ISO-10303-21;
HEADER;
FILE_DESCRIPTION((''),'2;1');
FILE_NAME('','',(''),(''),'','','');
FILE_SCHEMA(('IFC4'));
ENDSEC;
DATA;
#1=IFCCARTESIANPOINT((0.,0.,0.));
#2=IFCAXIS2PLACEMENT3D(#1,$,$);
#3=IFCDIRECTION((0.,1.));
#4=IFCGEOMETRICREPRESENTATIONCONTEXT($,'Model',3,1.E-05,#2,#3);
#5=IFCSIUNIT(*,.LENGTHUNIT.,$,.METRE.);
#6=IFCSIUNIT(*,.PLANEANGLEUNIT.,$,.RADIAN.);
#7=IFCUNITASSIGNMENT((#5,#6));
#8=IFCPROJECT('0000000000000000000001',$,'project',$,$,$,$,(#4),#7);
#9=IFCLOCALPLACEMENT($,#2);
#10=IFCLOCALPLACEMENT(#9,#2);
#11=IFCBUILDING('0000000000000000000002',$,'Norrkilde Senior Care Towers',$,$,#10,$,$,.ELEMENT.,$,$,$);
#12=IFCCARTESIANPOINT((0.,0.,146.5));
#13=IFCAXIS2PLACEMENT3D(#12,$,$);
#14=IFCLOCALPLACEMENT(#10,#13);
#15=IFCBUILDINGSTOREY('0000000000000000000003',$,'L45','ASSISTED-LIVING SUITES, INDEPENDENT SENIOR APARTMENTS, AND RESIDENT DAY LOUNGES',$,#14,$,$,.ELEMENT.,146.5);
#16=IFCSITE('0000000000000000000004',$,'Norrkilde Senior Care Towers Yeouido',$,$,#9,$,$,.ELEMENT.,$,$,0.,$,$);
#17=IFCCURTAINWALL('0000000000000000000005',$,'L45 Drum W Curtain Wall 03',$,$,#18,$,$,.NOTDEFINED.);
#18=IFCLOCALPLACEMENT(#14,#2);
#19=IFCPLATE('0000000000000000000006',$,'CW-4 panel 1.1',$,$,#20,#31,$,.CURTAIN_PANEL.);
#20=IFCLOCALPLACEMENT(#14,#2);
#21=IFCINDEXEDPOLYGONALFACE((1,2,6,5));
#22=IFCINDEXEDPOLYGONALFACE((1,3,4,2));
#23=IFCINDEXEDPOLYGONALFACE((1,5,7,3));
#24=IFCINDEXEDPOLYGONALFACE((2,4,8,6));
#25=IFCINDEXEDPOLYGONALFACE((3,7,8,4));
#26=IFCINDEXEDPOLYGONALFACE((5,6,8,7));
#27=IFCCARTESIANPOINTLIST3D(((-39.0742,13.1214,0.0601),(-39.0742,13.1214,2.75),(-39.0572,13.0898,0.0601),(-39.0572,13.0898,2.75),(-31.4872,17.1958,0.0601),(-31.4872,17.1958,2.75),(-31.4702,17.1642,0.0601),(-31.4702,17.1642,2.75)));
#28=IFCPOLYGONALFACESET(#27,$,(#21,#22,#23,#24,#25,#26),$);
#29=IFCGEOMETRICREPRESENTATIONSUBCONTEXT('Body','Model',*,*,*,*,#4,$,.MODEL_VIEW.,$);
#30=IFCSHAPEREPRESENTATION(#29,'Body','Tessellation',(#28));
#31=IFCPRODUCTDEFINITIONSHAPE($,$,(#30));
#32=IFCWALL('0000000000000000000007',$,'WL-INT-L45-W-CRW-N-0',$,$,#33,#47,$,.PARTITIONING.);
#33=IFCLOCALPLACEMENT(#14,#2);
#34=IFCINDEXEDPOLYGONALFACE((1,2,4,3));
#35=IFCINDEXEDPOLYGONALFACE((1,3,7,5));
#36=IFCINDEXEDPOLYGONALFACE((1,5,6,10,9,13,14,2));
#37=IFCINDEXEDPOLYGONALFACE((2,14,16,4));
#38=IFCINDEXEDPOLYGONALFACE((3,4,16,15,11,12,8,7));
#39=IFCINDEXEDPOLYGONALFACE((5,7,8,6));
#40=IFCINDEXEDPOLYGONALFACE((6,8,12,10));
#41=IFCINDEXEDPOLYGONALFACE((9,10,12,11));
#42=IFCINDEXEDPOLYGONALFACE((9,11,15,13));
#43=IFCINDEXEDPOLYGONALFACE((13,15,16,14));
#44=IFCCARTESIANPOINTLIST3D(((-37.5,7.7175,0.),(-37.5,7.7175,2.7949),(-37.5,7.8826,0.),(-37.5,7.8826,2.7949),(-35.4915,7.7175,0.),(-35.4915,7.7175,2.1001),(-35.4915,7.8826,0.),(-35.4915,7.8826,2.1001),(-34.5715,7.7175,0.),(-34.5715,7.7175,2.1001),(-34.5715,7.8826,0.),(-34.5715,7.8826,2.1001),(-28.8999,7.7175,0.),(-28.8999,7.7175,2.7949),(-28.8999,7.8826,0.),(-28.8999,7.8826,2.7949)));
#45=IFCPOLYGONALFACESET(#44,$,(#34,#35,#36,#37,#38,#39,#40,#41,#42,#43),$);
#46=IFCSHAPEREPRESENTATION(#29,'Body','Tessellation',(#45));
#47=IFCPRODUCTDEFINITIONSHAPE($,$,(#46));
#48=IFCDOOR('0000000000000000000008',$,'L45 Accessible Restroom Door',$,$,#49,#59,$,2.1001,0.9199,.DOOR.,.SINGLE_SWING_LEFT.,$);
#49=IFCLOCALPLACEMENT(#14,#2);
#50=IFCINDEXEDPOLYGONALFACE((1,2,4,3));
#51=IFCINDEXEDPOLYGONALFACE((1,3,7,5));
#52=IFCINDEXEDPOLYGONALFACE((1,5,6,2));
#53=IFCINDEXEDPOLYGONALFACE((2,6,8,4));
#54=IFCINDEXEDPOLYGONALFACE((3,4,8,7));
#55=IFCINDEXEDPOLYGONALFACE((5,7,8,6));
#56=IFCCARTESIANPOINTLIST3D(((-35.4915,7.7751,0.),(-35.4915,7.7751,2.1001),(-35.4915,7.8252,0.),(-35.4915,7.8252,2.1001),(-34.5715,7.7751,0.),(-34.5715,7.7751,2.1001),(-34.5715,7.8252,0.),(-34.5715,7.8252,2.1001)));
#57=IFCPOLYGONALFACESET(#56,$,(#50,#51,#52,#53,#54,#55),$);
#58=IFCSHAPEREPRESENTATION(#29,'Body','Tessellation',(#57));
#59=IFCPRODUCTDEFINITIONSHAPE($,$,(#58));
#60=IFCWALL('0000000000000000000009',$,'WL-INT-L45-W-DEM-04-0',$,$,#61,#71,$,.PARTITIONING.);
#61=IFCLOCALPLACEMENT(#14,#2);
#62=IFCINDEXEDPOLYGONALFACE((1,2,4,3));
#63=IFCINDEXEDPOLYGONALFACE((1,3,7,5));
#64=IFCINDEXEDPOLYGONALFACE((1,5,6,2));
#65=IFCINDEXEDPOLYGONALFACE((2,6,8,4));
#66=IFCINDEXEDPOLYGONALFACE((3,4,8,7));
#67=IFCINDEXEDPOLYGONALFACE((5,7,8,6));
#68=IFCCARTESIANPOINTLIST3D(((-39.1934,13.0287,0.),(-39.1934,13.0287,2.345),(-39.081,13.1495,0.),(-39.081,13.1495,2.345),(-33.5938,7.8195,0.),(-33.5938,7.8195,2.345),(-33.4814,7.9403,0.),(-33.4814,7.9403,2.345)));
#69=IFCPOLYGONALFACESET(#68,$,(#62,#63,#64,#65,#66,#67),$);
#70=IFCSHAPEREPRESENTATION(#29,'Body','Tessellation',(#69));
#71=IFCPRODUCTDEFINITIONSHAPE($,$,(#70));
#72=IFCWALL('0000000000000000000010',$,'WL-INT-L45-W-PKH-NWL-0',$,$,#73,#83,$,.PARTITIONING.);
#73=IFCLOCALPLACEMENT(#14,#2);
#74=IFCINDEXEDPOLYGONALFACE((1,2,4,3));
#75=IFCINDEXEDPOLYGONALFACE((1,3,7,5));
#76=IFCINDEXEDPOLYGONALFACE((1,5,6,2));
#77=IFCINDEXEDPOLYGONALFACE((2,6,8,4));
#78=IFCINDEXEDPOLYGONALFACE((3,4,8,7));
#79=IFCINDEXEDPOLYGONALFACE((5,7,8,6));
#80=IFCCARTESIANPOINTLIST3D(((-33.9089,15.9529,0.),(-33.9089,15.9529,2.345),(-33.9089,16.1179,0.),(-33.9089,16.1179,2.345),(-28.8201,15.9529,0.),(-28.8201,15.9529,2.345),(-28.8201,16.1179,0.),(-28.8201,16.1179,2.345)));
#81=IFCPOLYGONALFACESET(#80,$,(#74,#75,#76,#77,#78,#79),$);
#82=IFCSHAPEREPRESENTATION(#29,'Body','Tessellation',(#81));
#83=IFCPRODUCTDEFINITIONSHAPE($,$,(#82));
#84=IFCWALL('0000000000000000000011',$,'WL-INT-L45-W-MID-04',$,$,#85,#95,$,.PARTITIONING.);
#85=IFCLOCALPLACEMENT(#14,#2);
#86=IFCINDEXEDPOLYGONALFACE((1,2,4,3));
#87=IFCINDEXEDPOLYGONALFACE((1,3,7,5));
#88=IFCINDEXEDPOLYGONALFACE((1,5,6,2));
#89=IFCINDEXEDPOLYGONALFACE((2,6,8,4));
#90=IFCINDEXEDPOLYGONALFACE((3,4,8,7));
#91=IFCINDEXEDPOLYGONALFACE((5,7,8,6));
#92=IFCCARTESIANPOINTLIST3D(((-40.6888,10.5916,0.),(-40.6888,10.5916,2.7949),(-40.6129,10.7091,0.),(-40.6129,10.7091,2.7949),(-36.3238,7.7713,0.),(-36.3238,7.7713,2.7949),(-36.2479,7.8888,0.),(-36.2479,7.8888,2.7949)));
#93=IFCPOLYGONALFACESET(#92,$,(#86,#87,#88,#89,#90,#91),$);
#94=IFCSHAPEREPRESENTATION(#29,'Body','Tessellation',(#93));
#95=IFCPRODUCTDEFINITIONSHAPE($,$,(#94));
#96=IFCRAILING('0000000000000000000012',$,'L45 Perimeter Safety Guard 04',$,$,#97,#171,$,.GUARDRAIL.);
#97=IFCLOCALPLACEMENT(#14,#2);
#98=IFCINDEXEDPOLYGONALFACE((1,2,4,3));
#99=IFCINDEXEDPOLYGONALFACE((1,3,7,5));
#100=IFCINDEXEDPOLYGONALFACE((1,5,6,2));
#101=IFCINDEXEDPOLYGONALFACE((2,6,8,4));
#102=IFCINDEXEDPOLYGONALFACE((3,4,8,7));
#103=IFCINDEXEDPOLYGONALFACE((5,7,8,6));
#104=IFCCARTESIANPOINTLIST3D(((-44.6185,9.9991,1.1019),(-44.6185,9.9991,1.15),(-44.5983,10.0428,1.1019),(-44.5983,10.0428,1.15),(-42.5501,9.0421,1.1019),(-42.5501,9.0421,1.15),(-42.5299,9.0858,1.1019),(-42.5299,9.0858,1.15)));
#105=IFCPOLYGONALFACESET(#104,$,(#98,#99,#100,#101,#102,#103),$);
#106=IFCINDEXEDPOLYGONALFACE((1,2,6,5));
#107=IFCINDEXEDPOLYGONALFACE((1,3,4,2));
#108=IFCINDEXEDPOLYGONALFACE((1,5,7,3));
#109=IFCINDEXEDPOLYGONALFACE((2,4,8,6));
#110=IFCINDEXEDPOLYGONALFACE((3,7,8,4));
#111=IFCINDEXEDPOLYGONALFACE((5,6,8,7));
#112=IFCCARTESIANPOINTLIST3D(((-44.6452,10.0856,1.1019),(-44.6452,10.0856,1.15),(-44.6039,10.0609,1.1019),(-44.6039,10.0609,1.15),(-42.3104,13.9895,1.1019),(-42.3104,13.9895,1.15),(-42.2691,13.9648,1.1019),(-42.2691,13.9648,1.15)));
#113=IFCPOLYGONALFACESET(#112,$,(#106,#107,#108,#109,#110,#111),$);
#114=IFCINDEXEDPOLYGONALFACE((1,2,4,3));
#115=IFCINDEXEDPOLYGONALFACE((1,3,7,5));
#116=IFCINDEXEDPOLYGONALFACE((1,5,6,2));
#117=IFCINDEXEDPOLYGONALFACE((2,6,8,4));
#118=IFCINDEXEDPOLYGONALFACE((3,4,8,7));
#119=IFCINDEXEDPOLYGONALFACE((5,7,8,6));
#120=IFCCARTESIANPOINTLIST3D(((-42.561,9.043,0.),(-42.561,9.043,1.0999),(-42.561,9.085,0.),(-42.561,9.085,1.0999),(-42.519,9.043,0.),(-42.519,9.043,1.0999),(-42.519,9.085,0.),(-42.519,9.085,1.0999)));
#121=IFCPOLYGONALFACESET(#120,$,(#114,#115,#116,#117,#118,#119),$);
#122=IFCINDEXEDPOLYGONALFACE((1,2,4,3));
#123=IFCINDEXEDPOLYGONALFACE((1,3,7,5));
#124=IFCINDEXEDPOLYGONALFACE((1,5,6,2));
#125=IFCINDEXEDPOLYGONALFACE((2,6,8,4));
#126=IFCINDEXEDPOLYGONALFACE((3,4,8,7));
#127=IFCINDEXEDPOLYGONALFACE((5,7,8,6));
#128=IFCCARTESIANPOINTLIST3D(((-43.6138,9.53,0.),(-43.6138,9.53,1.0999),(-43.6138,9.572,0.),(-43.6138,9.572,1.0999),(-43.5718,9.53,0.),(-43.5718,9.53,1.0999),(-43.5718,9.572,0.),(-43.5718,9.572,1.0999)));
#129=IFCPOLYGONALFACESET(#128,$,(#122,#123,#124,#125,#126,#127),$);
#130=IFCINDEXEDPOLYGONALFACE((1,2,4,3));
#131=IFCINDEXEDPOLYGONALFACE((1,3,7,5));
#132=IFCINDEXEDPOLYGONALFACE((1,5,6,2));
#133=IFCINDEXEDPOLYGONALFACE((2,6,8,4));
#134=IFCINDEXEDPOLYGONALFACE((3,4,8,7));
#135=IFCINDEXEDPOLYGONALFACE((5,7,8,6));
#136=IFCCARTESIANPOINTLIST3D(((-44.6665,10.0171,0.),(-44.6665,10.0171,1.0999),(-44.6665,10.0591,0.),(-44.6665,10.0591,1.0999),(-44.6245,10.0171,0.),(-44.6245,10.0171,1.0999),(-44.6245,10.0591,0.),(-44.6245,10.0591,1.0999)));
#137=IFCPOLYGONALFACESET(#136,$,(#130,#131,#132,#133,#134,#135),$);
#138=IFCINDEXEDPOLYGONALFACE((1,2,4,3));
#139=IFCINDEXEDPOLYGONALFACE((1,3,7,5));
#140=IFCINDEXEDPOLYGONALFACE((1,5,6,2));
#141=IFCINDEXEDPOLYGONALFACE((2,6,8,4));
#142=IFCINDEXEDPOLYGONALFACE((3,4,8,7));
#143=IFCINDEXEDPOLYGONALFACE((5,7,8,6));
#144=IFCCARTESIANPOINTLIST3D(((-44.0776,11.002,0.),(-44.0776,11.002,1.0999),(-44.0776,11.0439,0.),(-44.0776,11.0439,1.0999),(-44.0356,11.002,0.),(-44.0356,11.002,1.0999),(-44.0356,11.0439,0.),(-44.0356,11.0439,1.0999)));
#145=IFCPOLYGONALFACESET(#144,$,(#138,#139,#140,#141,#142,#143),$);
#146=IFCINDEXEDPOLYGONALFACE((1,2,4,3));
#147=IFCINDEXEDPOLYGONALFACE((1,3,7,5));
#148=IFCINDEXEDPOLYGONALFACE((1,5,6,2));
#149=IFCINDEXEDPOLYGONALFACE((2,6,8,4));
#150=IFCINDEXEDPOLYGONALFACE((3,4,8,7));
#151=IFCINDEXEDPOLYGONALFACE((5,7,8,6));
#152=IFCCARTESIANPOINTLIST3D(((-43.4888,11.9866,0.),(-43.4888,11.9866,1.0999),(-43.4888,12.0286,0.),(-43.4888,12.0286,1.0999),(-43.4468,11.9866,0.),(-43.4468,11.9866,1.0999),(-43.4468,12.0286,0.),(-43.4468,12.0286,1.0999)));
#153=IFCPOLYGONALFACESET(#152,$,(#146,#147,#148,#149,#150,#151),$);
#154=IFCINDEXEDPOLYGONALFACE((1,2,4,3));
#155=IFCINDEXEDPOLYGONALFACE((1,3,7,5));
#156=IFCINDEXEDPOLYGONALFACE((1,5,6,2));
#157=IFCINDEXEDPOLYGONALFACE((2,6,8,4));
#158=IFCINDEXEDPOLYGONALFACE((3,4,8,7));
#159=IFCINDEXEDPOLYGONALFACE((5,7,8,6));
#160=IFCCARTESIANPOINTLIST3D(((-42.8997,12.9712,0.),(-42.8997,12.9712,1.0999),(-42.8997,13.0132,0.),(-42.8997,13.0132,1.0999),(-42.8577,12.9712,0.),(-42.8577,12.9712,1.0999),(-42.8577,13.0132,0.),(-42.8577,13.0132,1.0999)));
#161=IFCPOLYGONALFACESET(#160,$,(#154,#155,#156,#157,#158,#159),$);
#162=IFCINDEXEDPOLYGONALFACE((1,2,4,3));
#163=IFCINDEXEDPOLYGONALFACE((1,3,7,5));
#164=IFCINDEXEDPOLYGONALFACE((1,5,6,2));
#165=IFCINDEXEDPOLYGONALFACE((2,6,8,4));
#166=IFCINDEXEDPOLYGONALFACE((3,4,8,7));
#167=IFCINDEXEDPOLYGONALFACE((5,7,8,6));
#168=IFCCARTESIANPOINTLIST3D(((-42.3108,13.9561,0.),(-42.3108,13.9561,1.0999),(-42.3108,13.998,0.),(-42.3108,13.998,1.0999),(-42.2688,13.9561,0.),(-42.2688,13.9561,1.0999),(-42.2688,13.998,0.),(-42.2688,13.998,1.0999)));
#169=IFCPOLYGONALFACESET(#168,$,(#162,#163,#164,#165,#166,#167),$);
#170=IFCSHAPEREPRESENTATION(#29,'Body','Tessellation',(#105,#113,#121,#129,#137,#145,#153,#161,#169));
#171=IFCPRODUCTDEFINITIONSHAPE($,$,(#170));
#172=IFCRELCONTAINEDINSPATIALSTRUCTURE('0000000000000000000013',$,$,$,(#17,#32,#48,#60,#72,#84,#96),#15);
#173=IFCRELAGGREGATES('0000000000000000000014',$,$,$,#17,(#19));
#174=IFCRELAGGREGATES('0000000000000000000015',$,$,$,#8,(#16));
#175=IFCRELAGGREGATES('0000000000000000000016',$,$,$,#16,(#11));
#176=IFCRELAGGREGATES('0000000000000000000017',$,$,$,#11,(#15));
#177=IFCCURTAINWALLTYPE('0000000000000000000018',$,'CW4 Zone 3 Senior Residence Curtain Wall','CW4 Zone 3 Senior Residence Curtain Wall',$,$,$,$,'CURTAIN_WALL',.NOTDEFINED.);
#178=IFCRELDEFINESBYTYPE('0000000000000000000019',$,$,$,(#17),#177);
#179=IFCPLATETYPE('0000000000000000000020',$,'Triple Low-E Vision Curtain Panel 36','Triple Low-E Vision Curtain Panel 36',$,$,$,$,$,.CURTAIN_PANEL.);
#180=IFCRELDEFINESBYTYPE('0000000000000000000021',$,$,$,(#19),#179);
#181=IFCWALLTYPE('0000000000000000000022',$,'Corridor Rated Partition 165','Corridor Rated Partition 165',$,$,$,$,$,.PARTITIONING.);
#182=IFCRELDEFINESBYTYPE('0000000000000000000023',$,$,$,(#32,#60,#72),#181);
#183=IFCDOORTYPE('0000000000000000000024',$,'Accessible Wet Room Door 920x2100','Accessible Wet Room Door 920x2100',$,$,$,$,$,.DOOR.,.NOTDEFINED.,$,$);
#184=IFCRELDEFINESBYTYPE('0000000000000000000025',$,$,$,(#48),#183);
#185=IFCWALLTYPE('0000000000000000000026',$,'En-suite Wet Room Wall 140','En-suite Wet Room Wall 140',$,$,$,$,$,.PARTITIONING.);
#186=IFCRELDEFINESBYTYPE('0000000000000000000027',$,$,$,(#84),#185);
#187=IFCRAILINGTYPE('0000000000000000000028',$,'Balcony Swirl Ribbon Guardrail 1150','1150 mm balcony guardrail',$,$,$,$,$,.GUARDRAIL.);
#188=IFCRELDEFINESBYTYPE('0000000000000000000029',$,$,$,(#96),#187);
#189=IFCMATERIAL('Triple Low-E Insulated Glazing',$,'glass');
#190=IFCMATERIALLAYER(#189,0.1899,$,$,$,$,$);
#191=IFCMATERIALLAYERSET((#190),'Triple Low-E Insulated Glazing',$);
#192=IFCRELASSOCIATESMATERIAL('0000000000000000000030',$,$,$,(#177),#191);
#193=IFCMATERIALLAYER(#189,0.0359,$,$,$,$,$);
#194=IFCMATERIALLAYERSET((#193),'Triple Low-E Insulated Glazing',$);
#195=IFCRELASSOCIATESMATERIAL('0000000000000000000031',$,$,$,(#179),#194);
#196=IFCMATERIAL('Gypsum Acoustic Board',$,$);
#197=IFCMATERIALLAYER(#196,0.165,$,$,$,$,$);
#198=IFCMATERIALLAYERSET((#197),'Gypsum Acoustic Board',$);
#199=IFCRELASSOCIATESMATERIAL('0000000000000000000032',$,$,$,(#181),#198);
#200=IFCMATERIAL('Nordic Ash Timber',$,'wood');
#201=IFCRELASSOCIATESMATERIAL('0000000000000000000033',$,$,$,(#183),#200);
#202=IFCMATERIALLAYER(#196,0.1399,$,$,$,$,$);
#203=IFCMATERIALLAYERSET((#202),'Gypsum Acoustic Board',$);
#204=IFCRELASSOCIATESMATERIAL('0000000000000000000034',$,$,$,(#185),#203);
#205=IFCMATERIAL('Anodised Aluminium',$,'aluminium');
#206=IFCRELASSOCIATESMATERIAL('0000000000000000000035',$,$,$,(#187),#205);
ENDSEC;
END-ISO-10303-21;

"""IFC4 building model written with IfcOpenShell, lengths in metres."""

from ifc_helpers import new_model, si_unit, direction, frame, frame_2d, origin, origin_2d, place, context, subcontext, project, spatial, rectangle, extrude, source, transform, mapped, material, layer, layer_set, type_object, type_shapes, element, fill, aggregate, save


model = new_model("IFC4")

# Units and contexts
model_context = context("Model", 3, precision=1e-05, world=origin(), true_north=direction((0.0, 1.0)))
body_context = subcontext(model_context, "Body", "Model", "MODEL_VIEW")
ifc_project = project(units=[si_unit("LENGTHUNIT", "METRE"), si_unit("PLANEANGLEUNIT", "RADIAN")], contexts=[model_context])

# Site, building, storey
site_placement = place(None, origin())
site = spatial("IfcSite", under=ifc_project, at=site_placement, Name="Norrkilde Senior Care Towers Yeouido", CompositionType="ELEMENT", RefElevation=0.0)
building_placement = place(site_placement, origin())
building = spatial("IfcBuilding", under=site, at=building_placement, Name="Norrkilde Senior Care Towers", CompositionType="ELEMENT")
storey_placement = place(building_placement, frame((0.0, 0.0, 146.5)))
storey = spatial("IfcBuildingStorey", under=building, at=storey_placement, Name="L45", Description="ASSISTED-LIVING SUITES, INDEPENDENT SENIOR APARTMENTS, AND RESIDENT DAY LOUNGES", CompositionType="ELEMENT", Elevation=146.5)

# Shared definitions
ifc_material_1 = material(Name="Triple Low-E Insulated Glazing", Category="glass")
ifc_layer_1 = layer(ifc_material_1, 0.1899)
ifc_layer_set_1 = layer_set([ifc_layer_1], Name="Triple Low-E Insulated Glazing")
curtain_wall_type = type_object("IfcCurtainWallType", Name="CW4 Zone 3 Senior Residence Curtain Wall", Description="CW4 Zone 3 Senior Residence Curtain Wall", ElementType="CURTAIN_WALL", PredefinedType="NOTDEFINED", material=ifc_layer_set_1)
ifc_material_2 = material(Name="Anodised Aluminium", Category="aluminium")

# Curtain wall
curtain_wall_1_placement = place(storey_placement, origin())
curtain_wall_1 = element("IfcCurtainWall", 1, at=curtain_wall_1_placement, inside=storey, type_object=curtain_wall_type, Name="L45 Drum W Curtain Wall 03", PredefinedType="NOTDEFINED")

# Plate
ifc_layer_2 = layer(ifc_material_1, 0.0359)
ifc_layer_set_2 = layer_set([ifc_layer_2], Name="Triple Low-E Insulated Glazing")
plate_type = type_object("IfcPlateType", Name="Triple Low-E Vision Curtain Panel 36", Description="Triple Low-E Vision Curtain Panel 36", PredefinedType="CURTAIN_PANEL", material=ifc_layer_set_2)
shared_shape_1 = source(origin(), body_context, "Body", "SweptSolid", [
    extrude(rectangle(XDim=8.6118, YDim=0.0359, at=origin_2d()), origin(), (0.0, 0.0, 1.0), 2.6899),
])
plate_1_placement = place(storey_placement, frame((-35.2722, 15.1428, 0.0601), z_axis=(0.0, 0.0, 1.0), x_axis=(0.881, 0.473117, 0.0)))
plate_1 = element("IfcPlate", 2, at=plate_1_placement, type_object=plate_type, Name="CW-4 panel 1.1", PredefinedType="CURTAIN_PANEL", context=body_context, shape_type="MappedRepresentation", body=[
    mapped(shared_shape_1, transform((0.0, 0.0, 0.0), x_axis=(1.0, 0.0, 0.0), y_axis=(0.0, 1.0, 0.0), z_axis=(0.0, 0.0, 1.0), scale=1.0)),
])
aggregate(curtain_wall_1, [plate_1])

# Wall, opening, door
ifc_material_3 = material(Name="Gypsum Acoustic Board")
ifc_layer_3 = layer(ifc_material_3, 0.165)
ifc_layer_set_3 = layer_set([ifc_layer_3], Name="Gypsum Acoustic Board")
wall_type_1 = type_object("IfcWallType", Name="Corridor Rated Partition 165", Description="Corridor Rated Partition 165", PredefinedType="PARTITIONING", material=ifc_layer_set_3)
shared_shape_2 = source(origin(), body_context, "Body", "SweptSolid", [
    extrude(rectangle(XDim=8.6001, YDim=0.165, at=frame_2d((4.3, 0.0))), origin(), (0.0, 0.0, 1.0), 2.7949),
])
wall_1_placement = place(storey_placement, frame((-37.5, 7.8, 0.0), z_axis=(0.0, 0.0, 1.0), x_axis=(1.0, 0.0, 0.0)))
wall_1 = element("IfcWall", 3, at=wall_1_placement, inside=storey, type_object=wall_type_1, Name="WL-INT-L45-W-CRW-N-0", PredefinedType="PARTITIONING", context=body_context, shape_type="MappedRepresentation", body=[
    mapped(shared_shape_2, transform((0.0, 0.0, 0.0), x_axis=(1.0, 0.0, 0.0), y_axis=(0.0, 1.0, 0.0), z_axis=(0.0, 0.0, 1.0), scale=1.0)),
])
opening_placement = place(wall_1_placement, frame((2.0085, 0.0, 0.0)))
opening = element("IfcOpeningElement", 4, at=opening_placement, cuts=wall_1, PredefinedType="OPENING", context=body_context, shape_type="SweptSolid", body=[
    extrude(rectangle(XDim=0.9199, YDim=2.1001, at=frame_2d((0.46, 1.05))), frame((0.0, 0.0925, 0.0), z_axis=(0.0, -1.0, 0.0), x_axis=(1.0, 0.0, 0.0)), (0.0, 0.0, 1.0), 0.1851),
])
ifc_material_4 = material(Name="Nordic Ash Timber", Category="wood")
door_type = type_object("IfcDoorType", Name="Accessible Wet Room Door 920x2100", Description="Accessible Wet Room Door 920x2100", OperationType="NOTDEFINED", PredefinedType="DOOR", material=ifc_material_4)
shared_shape_3 = source(origin(), body_context, "Body", "SweptSolid", [
    extrude(rectangle(XDim=0.9199, YDim=2.1001, at=frame_2d((0.46, 1.05))), frame((0.0, 0.0249, 0.0), z_axis=(0.0, -1.0, 0.0), x_axis=(1.0, 0.0, 0.0)), (0.0, 0.0, 1.0), 0.05),
])
type_shapes(door_type, [shared_shape_3])
door_placement = place(opening_placement, frame((0.9199, 0.0, 0.0), z_axis=(0.0, 0.0, 1.0), x_axis=(-1.0, 0.0, 0.0)))
door = element("IfcDoor", 5, at=door_placement, inside=storey, type_object=door_type, Name="L45 Accessible Restroom Door", OperationType="SINGLE_SWING_LEFT", OverallHeight=2.1001, OverallWidth=0.9199, PredefinedType="DOOR", context=body_context, shape_type="MappedRepresentation", body=[
    mapped(shared_shape_3, transform((0.0, 0.0, 0.0), x_axis=(1.0, 0.0, 0.0), y_axis=(0.0, 1.0, 0.0), z_axis=(0.0, 0.0, 1.0), scale=1.0)),
])
fill(opening, door)

# Walls
shared_shape_4 = source(origin(), body_context, "Body", "SweptSolid", [
    extrude(rectangle(XDim=7.6479, YDim=0.165, at=frame_2d((3.824, 0.0))), origin(), (0.0, 0.0, 1.0), 2.345),
])
wall_2_placement = place(storey_placement, frame((-33.5376, 7.8799, 0.0), z_axis=(0.0, 0.0, 1.0), x_axis=(-0.732168, 0.681124, 0.0)))
element("IfcWall", 6, at=wall_2_placement, inside=storey, type_object=wall_type_1, Name="WL-INT-L45-W-DEM-04-0", PredefinedType="PARTITIONING", context=body_context, shape_type="MappedRepresentation", body=[
    mapped(shared_shape_4, transform((0.0, 0.0, 0.0), x_axis=(1.0, 0.0, 0.0), y_axis=(0.0, 1.0, 0.0), z_axis=(0.0, 0.0, 1.0), scale=1.0)),
])
shared_shape_5 = source(origin(), body_context, "Body", "SweptSolid", [
    extrude(rectangle(XDim=5.0889, YDim=0.165, at=frame_2d((2.5444, 0.0))), origin(), (0.0, 0.0, 1.0), 2.345),
])
type_shapes(wall_type_1, [shared_shape_2, shared_shape_4, shared_shape_5])
wall_3_placement = place(storey_placement, frame((-33.9089, 16.0354, 0.0), z_axis=(0.0, 0.0, 1.0), x_axis=(1.0, 0.0, 0.0)))
element("IfcWall", 7, at=wall_3_placement, inside=storey, type_object=wall_type_1, Name="WL-INT-L45-W-PKH-NWL-0", PredefinedType="PARTITIONING", context=body_context, shape_type="MappedRepresentation", body=[
    mapped(shared_shape_5, transform((0.0, 0.0, 0.0), x_axis=(1.0, 0.0, 0.0), y_axis=(0.0, 1.0, 0.0), z_axis=(0.0, 0.0, 1.0), scale=1.0)),
])
ifc_layer_4 = layer(ifc_material_3, 0.1399)
ifc_layer_set_4 = layer_set([ifc_layer_4], Name="Gypsum Acoustic Board")
wall_type_2 = type_object("IfcWallType", Name="En-suite Wet Room Wall 140", Description="En-suite Wet Room Wall 140", PredefinedType="PARTITIONING", material=ifc_layer_set_4)
shared_shape_6 = source(origin(), body_context, "Body", "SweptSolid", [
    extrude(rectangle(XDim=5.1968, YDim=0.1399, at=frame_2d((2.5984, 0.0))), origin(), (0.0, 0.0, 1.0), 2.7949),
])
type_shapes(wall_type_2, [shared_shape_6])
wall_4_placement = place(storey_placement, frame((-36.2859, 7.8301, 0.0), z_axis=(0.0, 0.0, 1.0), x_axis=(-0.839929, 0.542696, 0.0)))
element("IfcWall", 8, at=wall_4_placement, inside=storey, type_object=wall_type_2, Name="WL-INT-L45-W-MID-04", PredefinedType="PARTITIONING", context=body_context, shape_type="MappedRepresentation", body=[
    mapped(shared_shape_6, transform((0.0, 0.0, 0.0), x_axis=(1.0, 0.0, 0.0), y_axis=(0.0, 1.0, 0.0), z_axis=(0.0, 0.0, 1.0), scale=1.0)),
])

# Railing
railing_type = type_object("IfcRailingType", Name="Balcony Swirl Ribbon Guardrail 1150", Description="1150 mm balcony guardrail", PredefinedType="GUARDRAIL", material=ifc_material_2)
railing_1_placement = place(storey_placement, frame((-42.54, 9.064, 0.0)))
element("IfcRailing", 9, at=railing_1_placement, inside=storey, type_object=railing_type, Name="L45 Perimeter Safety Guard 04", PredefinedType="GUARDRAIL", context=body_context, shape_type="SweptSolid", body=[
    extrude(rectangle(XDim=0.0481, YDim=0.0481, at=origin_2d()), frame((0.0, 0.0, 1.126), z_axis=(-0.907571, 0.419899, 0.0), x_axis=(-0.419899, -0.907571, 0.0)), (0.0, 0.0, 1.0), 2.2791),
    extrude(rectangle(XDim=0.0481, YDim=0.0481, at=origin_2d()), frame((-2.0845, 1.0093, 1.126), z_axis=(0.513267, 0.858229, 0.0), x_axis=(-0.858229, 0.513267, 0.0)), (0.0, 0.0, 1.0), 4.5488),
    extrude(rectangle(XDim=0.042, YDim=0.042, at=origin_2d()), origin(), (0.0, 0.0, 1.0), 1.0999),
    extrude(rectangle(XDim=0.042, YDim=0.042, at=origin_2d()), frame((-1.0527, 0.4871, 0.0)), (0.0, 0.0, 1.0), 1.0999),
    extrude(rectangle(XDim=0.042, YDim=0.042, at=origin_2d()), frame((-2.1055, 0.9741, 0.0)), (0.0, 0.0, 1.0), 1.0999),
    extrude(rectangle(XDim=0.042, YDim=0.042, at=origin_2d()), frame((-1.5166, 1.959, 0.0)), (0.0, 0.0, 1.0), 1.0999),
    extrude(rectangle(XDim=0.042, YDim=0.042, at=origin_2d()), frame((-0.9277, 2.9436, 0.0)), (0.0, 0.0, 1.0), 1.0999),
    extrude(rectangle(XDim=0.042, YDim=0.042, at=origin_2d()), frame((-0.3386, 3.9282, 0.0)), (0.0, 0.0, 1.0), 1.0999),
    extrude(rectangle(XDim=0.042, YDim=0.042, at=origin_2d()), frame((0.2502, 4.9131, 0.0)), (0.0, 0.0, 1.0), 1.0999),
])

save(model, "model.ifc")
